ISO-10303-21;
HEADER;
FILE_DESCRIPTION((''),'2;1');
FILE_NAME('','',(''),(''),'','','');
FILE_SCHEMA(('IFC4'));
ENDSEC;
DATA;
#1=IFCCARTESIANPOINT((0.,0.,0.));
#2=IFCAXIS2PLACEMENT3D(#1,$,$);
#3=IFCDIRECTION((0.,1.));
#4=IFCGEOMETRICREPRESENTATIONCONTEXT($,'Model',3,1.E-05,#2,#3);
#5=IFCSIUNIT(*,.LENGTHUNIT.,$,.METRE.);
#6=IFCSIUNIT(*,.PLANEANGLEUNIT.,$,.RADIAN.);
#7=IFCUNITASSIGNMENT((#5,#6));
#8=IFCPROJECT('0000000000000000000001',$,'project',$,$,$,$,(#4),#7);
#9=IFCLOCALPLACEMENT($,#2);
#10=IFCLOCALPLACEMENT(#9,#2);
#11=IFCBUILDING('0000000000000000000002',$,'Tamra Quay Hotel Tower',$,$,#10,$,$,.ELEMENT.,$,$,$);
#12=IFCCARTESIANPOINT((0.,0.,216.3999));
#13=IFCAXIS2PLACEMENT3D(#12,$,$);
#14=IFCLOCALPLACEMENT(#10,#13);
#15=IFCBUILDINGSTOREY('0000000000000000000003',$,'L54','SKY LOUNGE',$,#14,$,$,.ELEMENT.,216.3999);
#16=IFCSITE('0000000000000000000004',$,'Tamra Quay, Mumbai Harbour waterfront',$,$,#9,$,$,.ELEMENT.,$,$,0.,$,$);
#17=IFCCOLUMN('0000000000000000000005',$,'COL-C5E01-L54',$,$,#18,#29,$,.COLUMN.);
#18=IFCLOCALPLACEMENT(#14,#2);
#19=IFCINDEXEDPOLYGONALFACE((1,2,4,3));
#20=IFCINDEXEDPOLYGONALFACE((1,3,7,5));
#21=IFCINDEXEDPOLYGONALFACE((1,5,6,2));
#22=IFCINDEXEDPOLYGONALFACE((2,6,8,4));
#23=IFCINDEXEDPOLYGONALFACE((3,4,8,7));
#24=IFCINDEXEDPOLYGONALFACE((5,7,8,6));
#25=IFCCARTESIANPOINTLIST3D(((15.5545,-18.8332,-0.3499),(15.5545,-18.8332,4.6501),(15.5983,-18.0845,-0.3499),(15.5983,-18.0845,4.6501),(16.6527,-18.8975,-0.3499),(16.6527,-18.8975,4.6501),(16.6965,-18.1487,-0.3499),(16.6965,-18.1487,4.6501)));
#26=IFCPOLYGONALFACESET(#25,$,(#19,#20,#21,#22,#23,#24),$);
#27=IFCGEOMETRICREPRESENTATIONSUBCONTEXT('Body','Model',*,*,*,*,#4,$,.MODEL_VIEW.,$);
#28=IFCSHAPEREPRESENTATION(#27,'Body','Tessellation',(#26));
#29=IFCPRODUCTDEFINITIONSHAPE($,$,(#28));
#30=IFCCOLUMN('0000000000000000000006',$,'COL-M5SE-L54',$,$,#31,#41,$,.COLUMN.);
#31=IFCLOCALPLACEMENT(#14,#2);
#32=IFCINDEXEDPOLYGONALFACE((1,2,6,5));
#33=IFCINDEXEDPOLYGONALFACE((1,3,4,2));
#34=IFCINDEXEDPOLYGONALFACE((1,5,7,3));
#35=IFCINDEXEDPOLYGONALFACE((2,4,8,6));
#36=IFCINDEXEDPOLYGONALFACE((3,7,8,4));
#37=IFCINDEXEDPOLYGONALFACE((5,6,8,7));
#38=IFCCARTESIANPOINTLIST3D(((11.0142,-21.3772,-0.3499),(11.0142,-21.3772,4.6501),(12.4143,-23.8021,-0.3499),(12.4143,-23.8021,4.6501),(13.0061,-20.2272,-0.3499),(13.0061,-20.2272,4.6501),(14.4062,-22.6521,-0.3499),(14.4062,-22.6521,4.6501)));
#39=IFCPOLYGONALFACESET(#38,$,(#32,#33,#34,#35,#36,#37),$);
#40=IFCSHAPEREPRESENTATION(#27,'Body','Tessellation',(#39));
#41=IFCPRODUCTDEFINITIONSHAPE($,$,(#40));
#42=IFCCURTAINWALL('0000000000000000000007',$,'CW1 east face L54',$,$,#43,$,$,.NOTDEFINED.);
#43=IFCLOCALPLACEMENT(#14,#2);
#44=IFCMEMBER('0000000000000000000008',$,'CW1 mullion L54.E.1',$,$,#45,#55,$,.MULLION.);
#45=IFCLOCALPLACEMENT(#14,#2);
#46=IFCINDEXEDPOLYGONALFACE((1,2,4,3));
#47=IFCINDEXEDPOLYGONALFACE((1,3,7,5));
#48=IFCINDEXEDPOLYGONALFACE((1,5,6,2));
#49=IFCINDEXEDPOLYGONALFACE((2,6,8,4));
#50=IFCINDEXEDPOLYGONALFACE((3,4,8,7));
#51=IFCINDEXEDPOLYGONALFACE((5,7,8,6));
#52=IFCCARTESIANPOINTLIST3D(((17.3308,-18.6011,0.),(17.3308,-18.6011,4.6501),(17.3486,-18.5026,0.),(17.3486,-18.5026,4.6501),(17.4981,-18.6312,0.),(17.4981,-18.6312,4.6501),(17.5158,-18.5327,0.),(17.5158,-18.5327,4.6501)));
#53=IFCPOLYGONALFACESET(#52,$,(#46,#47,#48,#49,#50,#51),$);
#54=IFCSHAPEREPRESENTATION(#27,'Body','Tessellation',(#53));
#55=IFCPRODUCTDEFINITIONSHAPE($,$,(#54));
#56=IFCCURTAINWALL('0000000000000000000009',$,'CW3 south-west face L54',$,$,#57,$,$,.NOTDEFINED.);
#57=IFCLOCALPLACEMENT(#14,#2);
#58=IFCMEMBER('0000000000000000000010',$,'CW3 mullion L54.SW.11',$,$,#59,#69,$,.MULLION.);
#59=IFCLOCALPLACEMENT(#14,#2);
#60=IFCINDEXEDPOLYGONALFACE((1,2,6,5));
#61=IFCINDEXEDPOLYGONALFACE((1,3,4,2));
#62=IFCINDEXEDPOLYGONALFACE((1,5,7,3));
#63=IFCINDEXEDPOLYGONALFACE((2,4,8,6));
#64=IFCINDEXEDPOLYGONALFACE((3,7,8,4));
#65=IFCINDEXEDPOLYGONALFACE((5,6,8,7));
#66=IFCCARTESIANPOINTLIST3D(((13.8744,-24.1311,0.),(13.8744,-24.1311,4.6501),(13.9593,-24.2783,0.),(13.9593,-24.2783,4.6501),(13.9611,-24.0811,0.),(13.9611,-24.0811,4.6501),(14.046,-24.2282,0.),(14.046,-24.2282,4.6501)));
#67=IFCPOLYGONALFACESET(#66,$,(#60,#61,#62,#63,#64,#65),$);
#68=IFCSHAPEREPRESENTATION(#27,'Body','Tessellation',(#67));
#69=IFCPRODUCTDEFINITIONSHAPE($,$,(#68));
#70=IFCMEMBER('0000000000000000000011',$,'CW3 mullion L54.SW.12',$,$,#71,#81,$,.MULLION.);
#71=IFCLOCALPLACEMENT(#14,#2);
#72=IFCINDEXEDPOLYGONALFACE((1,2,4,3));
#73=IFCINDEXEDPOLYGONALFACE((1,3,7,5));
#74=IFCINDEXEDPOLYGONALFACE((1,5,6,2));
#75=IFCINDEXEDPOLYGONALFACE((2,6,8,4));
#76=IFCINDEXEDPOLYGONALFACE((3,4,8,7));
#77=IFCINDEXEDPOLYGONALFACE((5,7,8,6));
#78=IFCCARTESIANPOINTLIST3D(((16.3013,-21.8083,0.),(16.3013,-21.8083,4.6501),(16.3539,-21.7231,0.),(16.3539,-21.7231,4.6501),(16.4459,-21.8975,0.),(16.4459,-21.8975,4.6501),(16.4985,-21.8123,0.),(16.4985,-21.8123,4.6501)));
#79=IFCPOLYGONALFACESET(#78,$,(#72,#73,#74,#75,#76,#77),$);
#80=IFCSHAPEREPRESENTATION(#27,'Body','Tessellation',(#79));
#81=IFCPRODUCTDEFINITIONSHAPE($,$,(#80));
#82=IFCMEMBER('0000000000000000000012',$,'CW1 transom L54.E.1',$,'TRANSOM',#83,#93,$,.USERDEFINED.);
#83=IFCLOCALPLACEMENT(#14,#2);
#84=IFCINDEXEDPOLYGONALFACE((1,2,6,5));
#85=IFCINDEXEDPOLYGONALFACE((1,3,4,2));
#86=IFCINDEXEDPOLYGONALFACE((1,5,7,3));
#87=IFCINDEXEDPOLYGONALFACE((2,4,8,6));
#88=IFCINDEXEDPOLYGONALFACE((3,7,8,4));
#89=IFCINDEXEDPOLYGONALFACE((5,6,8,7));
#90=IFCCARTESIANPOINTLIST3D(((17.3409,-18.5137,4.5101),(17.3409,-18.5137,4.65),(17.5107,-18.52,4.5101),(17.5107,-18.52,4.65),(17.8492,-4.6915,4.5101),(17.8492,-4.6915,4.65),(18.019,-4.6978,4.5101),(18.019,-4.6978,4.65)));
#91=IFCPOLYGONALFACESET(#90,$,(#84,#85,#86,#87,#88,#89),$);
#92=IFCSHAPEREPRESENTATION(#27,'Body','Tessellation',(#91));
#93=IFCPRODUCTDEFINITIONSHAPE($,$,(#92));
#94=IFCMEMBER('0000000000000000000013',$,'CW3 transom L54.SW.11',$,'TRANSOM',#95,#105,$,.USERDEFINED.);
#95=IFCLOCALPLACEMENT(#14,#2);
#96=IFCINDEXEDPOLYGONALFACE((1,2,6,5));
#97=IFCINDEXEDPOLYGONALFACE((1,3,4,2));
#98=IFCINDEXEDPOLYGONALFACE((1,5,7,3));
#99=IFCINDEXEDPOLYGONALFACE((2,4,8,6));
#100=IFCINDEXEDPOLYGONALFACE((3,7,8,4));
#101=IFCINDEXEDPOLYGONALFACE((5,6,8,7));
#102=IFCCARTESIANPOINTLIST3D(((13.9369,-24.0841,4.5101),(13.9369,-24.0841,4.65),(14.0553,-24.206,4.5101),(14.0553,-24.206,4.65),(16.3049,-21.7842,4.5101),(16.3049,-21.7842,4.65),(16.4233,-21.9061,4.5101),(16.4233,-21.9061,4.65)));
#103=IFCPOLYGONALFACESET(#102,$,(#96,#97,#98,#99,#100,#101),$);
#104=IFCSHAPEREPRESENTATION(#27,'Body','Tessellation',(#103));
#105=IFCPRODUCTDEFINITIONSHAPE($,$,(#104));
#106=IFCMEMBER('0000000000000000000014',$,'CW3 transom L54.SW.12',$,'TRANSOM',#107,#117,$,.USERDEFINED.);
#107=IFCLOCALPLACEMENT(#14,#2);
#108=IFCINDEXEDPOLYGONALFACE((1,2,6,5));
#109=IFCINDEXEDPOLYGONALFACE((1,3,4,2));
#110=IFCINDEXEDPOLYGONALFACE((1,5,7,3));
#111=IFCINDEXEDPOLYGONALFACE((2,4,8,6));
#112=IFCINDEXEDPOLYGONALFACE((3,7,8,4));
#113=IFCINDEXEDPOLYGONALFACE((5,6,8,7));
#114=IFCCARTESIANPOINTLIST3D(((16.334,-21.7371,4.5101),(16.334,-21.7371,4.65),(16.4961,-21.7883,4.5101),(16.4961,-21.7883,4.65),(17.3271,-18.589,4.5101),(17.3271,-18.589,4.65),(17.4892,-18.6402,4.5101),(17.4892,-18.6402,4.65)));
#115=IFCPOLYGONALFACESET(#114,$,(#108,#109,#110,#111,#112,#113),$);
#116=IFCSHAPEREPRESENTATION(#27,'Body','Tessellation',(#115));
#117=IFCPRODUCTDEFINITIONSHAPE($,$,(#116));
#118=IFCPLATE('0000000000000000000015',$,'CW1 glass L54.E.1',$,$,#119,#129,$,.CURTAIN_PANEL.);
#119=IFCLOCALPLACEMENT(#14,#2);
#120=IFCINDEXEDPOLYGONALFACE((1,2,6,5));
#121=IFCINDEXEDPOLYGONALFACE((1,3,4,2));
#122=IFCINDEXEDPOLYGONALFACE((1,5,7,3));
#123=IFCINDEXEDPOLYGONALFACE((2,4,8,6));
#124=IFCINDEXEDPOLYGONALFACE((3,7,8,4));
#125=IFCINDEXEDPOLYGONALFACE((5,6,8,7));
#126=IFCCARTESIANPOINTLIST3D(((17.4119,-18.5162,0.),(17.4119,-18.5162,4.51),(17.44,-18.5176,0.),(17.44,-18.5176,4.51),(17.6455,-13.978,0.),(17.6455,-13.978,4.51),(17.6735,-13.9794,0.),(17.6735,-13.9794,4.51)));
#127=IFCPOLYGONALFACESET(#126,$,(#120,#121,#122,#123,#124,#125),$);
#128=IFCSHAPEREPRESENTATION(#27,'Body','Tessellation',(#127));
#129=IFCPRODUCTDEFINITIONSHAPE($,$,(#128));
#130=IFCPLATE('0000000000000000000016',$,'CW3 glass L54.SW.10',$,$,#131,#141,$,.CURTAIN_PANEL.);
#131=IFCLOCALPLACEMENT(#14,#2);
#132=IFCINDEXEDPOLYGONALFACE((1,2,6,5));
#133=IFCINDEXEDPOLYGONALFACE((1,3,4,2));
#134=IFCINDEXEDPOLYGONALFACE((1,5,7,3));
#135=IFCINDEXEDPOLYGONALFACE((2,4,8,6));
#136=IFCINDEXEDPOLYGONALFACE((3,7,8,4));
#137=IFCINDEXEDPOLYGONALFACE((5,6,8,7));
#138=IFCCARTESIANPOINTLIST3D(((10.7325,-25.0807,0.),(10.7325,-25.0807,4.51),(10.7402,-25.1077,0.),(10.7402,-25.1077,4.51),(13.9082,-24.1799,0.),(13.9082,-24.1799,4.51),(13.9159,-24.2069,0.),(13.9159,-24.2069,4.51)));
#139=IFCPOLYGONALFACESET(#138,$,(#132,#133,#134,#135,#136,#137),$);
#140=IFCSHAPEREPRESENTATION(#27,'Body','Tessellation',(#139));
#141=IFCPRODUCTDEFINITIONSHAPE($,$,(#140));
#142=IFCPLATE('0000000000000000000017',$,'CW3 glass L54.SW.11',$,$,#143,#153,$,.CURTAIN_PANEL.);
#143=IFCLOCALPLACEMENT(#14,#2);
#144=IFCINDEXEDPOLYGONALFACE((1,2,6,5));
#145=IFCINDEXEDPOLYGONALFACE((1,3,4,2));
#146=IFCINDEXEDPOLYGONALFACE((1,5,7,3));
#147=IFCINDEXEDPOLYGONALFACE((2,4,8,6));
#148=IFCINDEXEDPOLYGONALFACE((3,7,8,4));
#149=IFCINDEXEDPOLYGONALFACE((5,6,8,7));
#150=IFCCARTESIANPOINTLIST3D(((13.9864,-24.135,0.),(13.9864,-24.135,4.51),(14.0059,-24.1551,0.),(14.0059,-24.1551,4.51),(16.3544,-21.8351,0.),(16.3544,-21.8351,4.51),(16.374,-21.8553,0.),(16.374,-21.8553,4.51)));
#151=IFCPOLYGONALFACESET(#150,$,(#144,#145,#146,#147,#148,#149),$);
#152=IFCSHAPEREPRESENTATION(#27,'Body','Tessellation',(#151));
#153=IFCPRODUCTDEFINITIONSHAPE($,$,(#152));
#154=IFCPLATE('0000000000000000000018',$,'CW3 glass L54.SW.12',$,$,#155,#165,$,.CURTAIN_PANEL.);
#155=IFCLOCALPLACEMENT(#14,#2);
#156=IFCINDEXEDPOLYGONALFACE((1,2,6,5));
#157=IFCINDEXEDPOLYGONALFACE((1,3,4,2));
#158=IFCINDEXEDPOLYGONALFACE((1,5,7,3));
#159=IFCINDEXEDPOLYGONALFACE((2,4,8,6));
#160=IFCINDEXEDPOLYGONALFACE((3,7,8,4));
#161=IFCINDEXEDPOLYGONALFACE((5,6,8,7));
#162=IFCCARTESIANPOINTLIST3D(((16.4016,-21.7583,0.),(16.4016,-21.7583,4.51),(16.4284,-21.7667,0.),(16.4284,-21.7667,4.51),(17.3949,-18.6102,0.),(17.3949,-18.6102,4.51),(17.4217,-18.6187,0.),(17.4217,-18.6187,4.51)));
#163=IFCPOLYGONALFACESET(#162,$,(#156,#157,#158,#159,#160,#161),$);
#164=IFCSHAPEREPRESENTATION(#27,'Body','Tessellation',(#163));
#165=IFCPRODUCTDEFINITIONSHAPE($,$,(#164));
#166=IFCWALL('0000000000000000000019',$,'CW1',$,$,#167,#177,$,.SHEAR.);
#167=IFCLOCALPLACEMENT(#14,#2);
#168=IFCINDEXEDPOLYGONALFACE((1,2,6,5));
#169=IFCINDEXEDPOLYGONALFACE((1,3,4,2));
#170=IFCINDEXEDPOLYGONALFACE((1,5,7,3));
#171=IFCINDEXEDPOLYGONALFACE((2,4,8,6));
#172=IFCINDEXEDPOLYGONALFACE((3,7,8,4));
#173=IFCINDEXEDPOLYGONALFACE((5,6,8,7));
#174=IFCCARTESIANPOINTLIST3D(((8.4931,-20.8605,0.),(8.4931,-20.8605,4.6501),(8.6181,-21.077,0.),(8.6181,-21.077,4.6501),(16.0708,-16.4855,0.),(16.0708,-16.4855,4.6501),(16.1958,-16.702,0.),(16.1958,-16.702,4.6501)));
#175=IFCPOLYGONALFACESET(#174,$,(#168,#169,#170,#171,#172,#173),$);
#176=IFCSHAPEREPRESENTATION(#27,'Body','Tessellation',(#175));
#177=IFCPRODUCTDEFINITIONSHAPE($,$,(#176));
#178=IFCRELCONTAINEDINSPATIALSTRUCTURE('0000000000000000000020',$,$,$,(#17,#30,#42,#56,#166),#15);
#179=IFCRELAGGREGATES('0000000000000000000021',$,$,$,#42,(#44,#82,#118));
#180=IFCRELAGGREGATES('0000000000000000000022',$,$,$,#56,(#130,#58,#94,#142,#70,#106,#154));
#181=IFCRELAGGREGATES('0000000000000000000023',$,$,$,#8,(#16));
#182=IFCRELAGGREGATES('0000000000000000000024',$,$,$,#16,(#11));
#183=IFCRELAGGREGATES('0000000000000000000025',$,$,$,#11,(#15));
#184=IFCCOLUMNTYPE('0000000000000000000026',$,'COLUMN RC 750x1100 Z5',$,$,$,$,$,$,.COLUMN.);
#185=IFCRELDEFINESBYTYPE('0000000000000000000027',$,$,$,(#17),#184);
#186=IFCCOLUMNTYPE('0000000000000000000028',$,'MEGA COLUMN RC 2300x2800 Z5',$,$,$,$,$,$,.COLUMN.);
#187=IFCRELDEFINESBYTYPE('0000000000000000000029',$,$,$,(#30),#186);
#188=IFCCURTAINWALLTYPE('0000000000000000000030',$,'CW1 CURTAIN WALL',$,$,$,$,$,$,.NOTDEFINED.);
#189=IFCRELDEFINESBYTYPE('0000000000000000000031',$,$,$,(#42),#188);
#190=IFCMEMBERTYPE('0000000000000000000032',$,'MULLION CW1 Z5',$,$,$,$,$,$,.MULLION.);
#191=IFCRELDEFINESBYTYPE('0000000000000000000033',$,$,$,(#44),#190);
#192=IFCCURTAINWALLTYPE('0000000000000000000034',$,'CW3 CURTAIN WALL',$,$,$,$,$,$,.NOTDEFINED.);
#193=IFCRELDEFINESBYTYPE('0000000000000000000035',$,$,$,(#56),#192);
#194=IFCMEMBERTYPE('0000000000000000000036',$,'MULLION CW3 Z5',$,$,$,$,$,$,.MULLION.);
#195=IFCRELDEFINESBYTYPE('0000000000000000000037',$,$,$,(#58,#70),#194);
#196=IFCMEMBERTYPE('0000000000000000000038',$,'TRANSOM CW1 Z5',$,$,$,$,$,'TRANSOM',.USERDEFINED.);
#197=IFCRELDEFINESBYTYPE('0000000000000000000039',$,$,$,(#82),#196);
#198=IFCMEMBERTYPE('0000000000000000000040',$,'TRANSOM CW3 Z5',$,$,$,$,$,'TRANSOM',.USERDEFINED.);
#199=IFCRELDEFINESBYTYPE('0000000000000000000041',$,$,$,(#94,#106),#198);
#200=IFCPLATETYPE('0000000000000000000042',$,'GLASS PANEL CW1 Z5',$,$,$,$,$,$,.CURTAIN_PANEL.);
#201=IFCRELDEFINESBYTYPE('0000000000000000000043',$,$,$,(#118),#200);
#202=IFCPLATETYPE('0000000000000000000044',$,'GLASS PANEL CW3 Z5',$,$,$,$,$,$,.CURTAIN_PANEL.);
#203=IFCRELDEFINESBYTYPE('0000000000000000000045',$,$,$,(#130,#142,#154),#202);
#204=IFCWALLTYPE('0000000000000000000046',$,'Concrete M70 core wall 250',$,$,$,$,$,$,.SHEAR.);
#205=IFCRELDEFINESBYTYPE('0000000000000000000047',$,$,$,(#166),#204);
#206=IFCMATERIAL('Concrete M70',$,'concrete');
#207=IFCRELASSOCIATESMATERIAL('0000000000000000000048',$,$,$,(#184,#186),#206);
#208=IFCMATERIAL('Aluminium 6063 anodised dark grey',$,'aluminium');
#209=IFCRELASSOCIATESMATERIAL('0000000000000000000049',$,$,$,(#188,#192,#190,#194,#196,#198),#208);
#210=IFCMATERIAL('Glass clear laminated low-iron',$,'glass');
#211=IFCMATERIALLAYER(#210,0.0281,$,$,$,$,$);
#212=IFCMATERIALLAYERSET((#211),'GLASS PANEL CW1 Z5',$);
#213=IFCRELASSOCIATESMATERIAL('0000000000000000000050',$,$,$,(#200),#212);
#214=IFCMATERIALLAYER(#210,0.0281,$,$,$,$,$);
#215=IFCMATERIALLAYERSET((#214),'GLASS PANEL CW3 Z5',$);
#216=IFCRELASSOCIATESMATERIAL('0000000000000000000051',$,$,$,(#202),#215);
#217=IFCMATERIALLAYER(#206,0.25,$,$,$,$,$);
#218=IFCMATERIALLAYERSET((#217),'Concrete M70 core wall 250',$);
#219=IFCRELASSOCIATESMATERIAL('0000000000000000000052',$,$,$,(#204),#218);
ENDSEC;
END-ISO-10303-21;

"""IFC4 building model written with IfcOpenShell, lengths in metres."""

from ifc_helpers import new_model, si_unit, direction, frame, frame_2d, origin, origin_2d, place, context, subcontext, project, spatial, rectangle, extrude, material, layer, layer_set, material_profile, profile_set, type_object, element, aggregate, save


model = new_model("IFC4")

# Units and contexts
model_context = context("Model", 3, precision=1e-05, world=origin(), true_north=direction((0.0, 1.0)))
body_context = subcontext(model_context, "Body", "Model", "MODEL_VIEW")
ifc_project = project(units=[si_unit("LENGTHUNIT", "METRE"), si_unit("PLANEANGLEUNIT", "RADIAN")], contexts=[model_context])

# Site, building, storey
site_placement = place(None, origin())
site = spatial("IfcSite", under=ifc_project, at=site_placement, Name="Tamra Quay, Mumbai Harbour waterfront", CompositionType="ELEMENT", RefElevation=0.0)
building_placement = place(site_placement, origin())
building = spatial("IfcBuilding", under=site, at=building_placement, Name="Tamra Quay Hotel Tower", CompositionType="ELEMENT")
storey_placement = place(building_placement, frame((0.0, 0.0, 216.3999)))
storey = spatial("IfcBuildingStorey", under=building, at=storey_placement, Name="L54", Description="SKY LOUNGE", CompositionType="ELEMENT", Elevation=216.3999)

# Columns
ifc_material_1 = material(Name="Concrete M70", Category="concrete")
ifc_material_profile_1 = material_profile(ifc_material_1, rectangle(XDim=1.1001, YDim=0.75, at=origin_2d()), Name="COLUMN RC 750x1100 Z5")
ifc_profile_set_1 = profile_set([ifc_material_profile_1], Name="Concrete M70")
column_type_1 = type_object("IfcColumnType", Name="COLUMN RC 750x1100 Z5", PredefinedType="COLUMN", material=ifc_profile_set_1)
column_1_placement = place(storey_placement, frame((16.1255, -18.491, -0.3499), z_axis=(0.0, 0.0, 1.0), x_axis=(-0.998292, 0.05842, 0.0)))
element("IfcColumn", 1, at=column_1_placement, inside=storey, type_object=column_type_1, Name="COL-C5E01-L54", PredefinedType="COLUMN", context=body_context, shape_type="SweptSolid", body=[
    extrude(rectangle(XDim=1.1001, YDim=0.75, at=origin_2d()), origin(), (0.0, 0.0, 1.0), 5.0),
])
ifc_material_profile_2 = material_profile(ifc_material_1, rectangle(XDim=2.8, YDim=2.3, at=origin_2d()), Name="MEGA COLUMN RC 2300x2800 Z5")
ifc_profile_set_2 = profile_set([ifc_material_profile_2], Name="Concrete M70")
column_type_2 = type_object("IfcColumnType", Name="MEGA COLUMN RC 2300x2800 Z5", PredefinedType="COLUMN", material=ifc_profile_set_2)
column_2_placement = place(storey_placement, frame((12.7102, -22.0146, -0.3499), z_axis=(0.0, 0.0, 1.0), x_axis=(-0.5, 0.866025, 0.0)))
element("IfcColumn", 2, at=column_2_placement, inside=storey, type_object=column_type_2, Name="COL-M5SE-L54", PredefinedType="COLUMN", context=body_context, shape_type="SweptSolid", body=[
    extrude(rectangle(XDim=2.8, YDim=2.3, at=origin_2d()), origin(), (0.0, 0.0, 1.0), 5.0),
])

# Curtain wall, member
ifc_material_2 = material(Name="Aluminium 6063 anodised dark grey", Category="aluminium")
curtain_wall_type_1 = type_object("IfcCurtainWallType", Name="CW1 CURTAIN WALL", PredefinedType="NOTDEFINED", material=ifc_material_2)
curtain_wall_1_placement = place(storey_placement, origin())
curtain_wall_1 = element("IfcCurtainWall", 3, at=curtain_wall_1_placement, inside=storey, type_object=curtain_wall_type_1, Name="CW1 east face L54", PredefinedType="NOTDEFINED")
ifc_material_profile_3 = material_profile(ifc_material_2, rectangle(XDim=0.1699, YDim=0.1001, at=origin_2d()), Name="MULLION 100X170")
ifc_profile_set_3 = profile_set([ifc_material_profile_3], Name="Aluminium 6063 anodised dark grey")
member_type_1 = type_object("IfcMemberType", Name="MULLION CW1 Z5", PredefinedType="MULLION", material=ifc_profile_set_3)
member_1_placement = place(storey_placement, frame((17.4233, -18.5669, 0.0), z_axis=(0.0, 0.0, 1.0), x_axis=(0.984105, -0.177586, 0.0)))
member_1 = element("IfcMember", 4, at=member_1_placement, type_object=member_type_1, Name="CW1 mullion L54.E.1", PredefinedType="MULLION", context=body_context, shape_type="SweptSolid", body=[
    extrude(rectangle(XDim=0.1699, YDim=0.1001, at=origin_2d()), origin(), (0.0, 0.0, 1.0), 4.6501),
])

# Curtain wall, members
curtain_wall_type_2 = type_object("IfcCurtainWallType", Name="CW3 CURTAIN WALL", PredefinedType="NOTDEFINED", material=ifc_material_2)
curtain_wall_2_placement = place(storey_placement, origin())
curtain_wall_2 = element("IfcCurtainWall", 5, at=curtain_wall_2_placement, inside=storey, type_object=curtain_wall_type_2, Name="CW3 south-west face L54", PredefinedType="NOTDEFINED")
ifc_material_profile_4 = material_profile(ifc_material_2, rectangle(XDim=0.1699, YDim=0.1001, at=origin_2d()), Name="MULLION 100X170")
ifc_profile_set_4 = profile_set([ifc_material_profile_4], Name="Aluminium 6063 anodised dark grey")
member_type_2 = type_object("IfcMemberType", Name="MULLION CW3 Z5", PredefinedType="MULLION", material=ifc_profile_set_4)
member_2_placement = place(storey_placement, frame((13.9602, -24.1797, 0.0), z_axis=(0.0, 0.0, 1.0), x_axis=(0.5, -0.866025, 0.0)))
member_2 = element("IfcMember", 6, at=member_2_placement, type_object=member_type_2, Name="CW3 mullion L54.SW.11", PredefinedType="MULLION", context=body_context, shape_type="SweptSolid", body=[
    extrude(rectangle(XDim=0.1699, YDim=0.1001, at=origin_2d()), origin(), (0.0, 0.0, 1.0), 4.6501),
])
member_3_placement = place(storey_placement, frame((16.3999, -21.8103, 0.0), z_axis=(0.0, 0.0, 1.0), x_axis=(0.851044, -0.525094, 0.0)))
member_3 = element("IfcMember", 7, at=member_3_placement, type_object=member_type_2, Name="CW3 mullion L54.SW.12", PredefinedType="MULLION", context=body_context, shape_type="SweptSolid", body=[
    extrude(rectangle(XDim=0.1699, YDim=0.1001, at=origin_2d()), origin(), (0.0, 0.0, 1.0), 4.6501),
])

# Members
ifc_material_profile_5 = material_profile(ifc_material_2, rectangle(XDim=0.1699, YDim=0.1399, at=origin_2d()), Name="TRANSOM 170X140")
ifc_profile_set_5 = profile_set([ifc_material_profile_5], Name="Aluminium 6063 anodised dark grey")
member_type_3 = type_object("IfcMemberType", Name="TRANSOM CW1 Z5", ElementType="TRANSOM", PredefinedType="USERDEFINED", material=ifc_profile_set_5)
member_4_placement = place(storey_placement, frame((17.4258, -18.5168, 4.5801), z_axis=(0.036749, 0.999325, 0.0), x_axis=(-0.999325, 0.036749, 0.0)))
member_4 = element("IfcMember", 8, at=member_4_placement, type_object=member_type_3, Name="CW1 transom L54.E.1", ObjectType="TRANSOM", PredefinedType="USERDEFINED", context=body_context, shape_type="SweptSolid", body=[
    extrude(rectangle(XDim=0.1699, YDim=0.1399, at=origin_2d()), origin(), (0.0, 0.0, 1.0), 13.8315),
])
ifc_material_profile_6 = material_profile(ifc_material_2, rectangle(XDim=0.1699, YDim=0.1399, at=origin_2d()), Name="TRANSOM 170X140")
ifc_profile_set_6 = profile_set([ifc_material_profile_6], Name="Aluminium 6063 anodised dark grey")
member_type_4 = type_object("IfcMemberType", Name="TRANSOM CW3 Z5", ElementType="TRANSOM", PredefinedType="USERDEFINED", material=ifc_profile_set_6)
member_5_placement = place(storey_placement, frame((13.9961, -24.145, 4.5801), z_axis=(0.717349, 0.696714, 0.0), x_axis=(-0.696714, 0.717349, 0.0)))
member_5 = element("IfcMember", 9, at=member_5_placement, type_object=member_type_4, Name="CW3 transom L54.SW.11", ObjectType="TRANSOM", PredefinedType="USERDEFINED", context=body_context, shape_type="SweptSolid", body=[
    extrude(rectangle(XDim=0.1699, YDim=0.1399, at=origin_2d()), origin(), (0.0, 0.0, 1.0), 3.301),
])
member_6_placement = place(storey_placement, frame((16.415, -21.7627, 4.5801), z_axis=(0.300855, 0.95367, 0.0), x_axis=(-0.95367, 0.300855, 0.0)))
member_6 = element("IfcMember", 10, at=member_6_placement, type_object=member_type_4, Name="CW3 transom L54.SW.12", ObjectType="TRANSOM", PredefinedType="USERDEFINED", context=body_context, shape_type="SweptSolid", body=[
    extrude(rectangle(XDim=0.1699, YDim=0.1399, at=origin_2d()), origin(), (0.0, 0.0, 1.0), 3.301),
])

# Plates
ifc_material_3 = material(Name="Glass clear laminated low-iron", Category="glass")
ifc_layer_1 = layer(ifc_material_3, 0.0281)
ifc_layer_set_1 = layer_set([ifc_layer_1], Name="GLASS PANEL CW1 Z5")
plate_type_1 = type_object("IfcPlateType", Name="GLASS PANEL CW1 Z5", PredefinedType="CURTAIN_PANEL", material=ifc_layer_set_1)
plate_1_placement = place(storey_placement, frame((17.5427, -16.2478, 0.0), z_axis=(0.0, 0.0, 1.0), x_axis=(0.051404, 0.998678, 0.0)))
plate_1 = element("IfcPlate", 11, at=plate_1_placement, type_object=plate_type_1, Name="CW1 glass L54.E.1", PredefinedType="CURTAIN_PANEL", context=body_context, shape_type="SweptSolid", body=[
    extrude(rectangle(XDim=4.5442, YDim=0.0281, at=origin_2d()), origin(), (0.0, 0.0, 1.0), 4.51),
])
aggregate(curtain_wall_1, [member_1, member_4, plate_1])
ifc_layer_2 = layer(ifc_material_3, 0.0281)
ifc_layer_set_2 = layer_set([ifc_layer_2], Name="GLASS PANEL CW3 Z5")
plate_type_2 = type_object("IfcPlateType", Name="GLASS PANEL CW3 Z5", PredefinedType="CURTAIN_PANEL", material=ifc_layer_set_2)
plate_2_placement = place(storey_placement, frame((12.3242, -24.6438, 0.0), z_axis=(0.0, 0.0, 1.0), x_axis=(0.962041, 0.272906, 0.0)))
plate_2 = element("IfcPlate", 12, at=plate_2_placement, type_object=plate_type_2, Name="CW3 glass L54.SW.10", PredefinedType="CURTAIN_PANEL", context=body_context, shape_type="SweptSolid", body=[
    extrude(rectangle(XDim=3.301, YDim=0.0281, at=origin_2d()), origin(), (0.0, 0.0, 1.0), 4.51),
])
plate_3_placement = place(storey_placement, frame((15.1802, -22.9951, 0.0), z_axis=(0.0, 0.0, 1.0), x_axis=(0.717364, 0.696698, 0.0)))
plate_3 = element("IfcPlate", 13, at=plate_3_placement, type_object=plate_type_2, Name="CW3 glass L54.SW.11", PredefinedType="CURTAIN_PANEL", context=body_context, shape_type="SweptSolid", body=[
    extrude(rectangle(XDim=3.301, YDim=0.0281, at=origin_2d()), origin(), (0.0, 0.0, 1.0), 4.51),
])
plate_4_placement = place(storey_placement, frame((16.9116, -20.1885, 0.0), z_axis=(0.0, 0.0, 1.0), x_axis=(0.300903, 0.953655, 0.0)))
plate_4 = element("IfcPlate", 14, at=plate_4_placement, type_object=plate_type_2, Name="CW3 glass L54.SW.12", PredefinedType="CURTAIN_PANEL", context=body_context, shape_type="SweptSolid", body=[
    extrude(rectangle(XDim=3.301, YDim=0.0281, at=origin_2d()), origin(), (0.0, 0.0, 1.0), 4.51),
])
aggregate(curtain_wall_2, [plate_2, member_2, member_5, plate_3, member_3, member_6, plate_4])

# Wall
ifc_layer_3 = layer(ifc_material_1, 0.25)
ifc_layer_set_3 = layer_set([ifc_layer_3], Name="Concrete M70 core wall 250")
wall_type_1 = type_object("IfcWallType", Name="Concrete M70 core wall 250", PredefinedType="SHEAR", material=ifc_layer_set_3)
wall_1_placement = place(storey_placement, frame((16.1333, -16.5938, 0.0), z_axis=(0.0, 0.0, 1.0), x_axis=(-0.866023, -0.500004, 0.0)))
element("IfcWall", 15, at=wall_1_placement, inside=storey, type_object=wall_type_1, Name="CW1", PredefinedType="SHEAR", context=body_context, shape_type="SweptSolid", body=[
    extrude(rectangle(XDim=8.75, YDim=0.25, at=frame_2d((4.375, 0.0))), origin(), (0.0, 0.0, 1.0), 4.6501),
])

save(model, "model.ifc")
